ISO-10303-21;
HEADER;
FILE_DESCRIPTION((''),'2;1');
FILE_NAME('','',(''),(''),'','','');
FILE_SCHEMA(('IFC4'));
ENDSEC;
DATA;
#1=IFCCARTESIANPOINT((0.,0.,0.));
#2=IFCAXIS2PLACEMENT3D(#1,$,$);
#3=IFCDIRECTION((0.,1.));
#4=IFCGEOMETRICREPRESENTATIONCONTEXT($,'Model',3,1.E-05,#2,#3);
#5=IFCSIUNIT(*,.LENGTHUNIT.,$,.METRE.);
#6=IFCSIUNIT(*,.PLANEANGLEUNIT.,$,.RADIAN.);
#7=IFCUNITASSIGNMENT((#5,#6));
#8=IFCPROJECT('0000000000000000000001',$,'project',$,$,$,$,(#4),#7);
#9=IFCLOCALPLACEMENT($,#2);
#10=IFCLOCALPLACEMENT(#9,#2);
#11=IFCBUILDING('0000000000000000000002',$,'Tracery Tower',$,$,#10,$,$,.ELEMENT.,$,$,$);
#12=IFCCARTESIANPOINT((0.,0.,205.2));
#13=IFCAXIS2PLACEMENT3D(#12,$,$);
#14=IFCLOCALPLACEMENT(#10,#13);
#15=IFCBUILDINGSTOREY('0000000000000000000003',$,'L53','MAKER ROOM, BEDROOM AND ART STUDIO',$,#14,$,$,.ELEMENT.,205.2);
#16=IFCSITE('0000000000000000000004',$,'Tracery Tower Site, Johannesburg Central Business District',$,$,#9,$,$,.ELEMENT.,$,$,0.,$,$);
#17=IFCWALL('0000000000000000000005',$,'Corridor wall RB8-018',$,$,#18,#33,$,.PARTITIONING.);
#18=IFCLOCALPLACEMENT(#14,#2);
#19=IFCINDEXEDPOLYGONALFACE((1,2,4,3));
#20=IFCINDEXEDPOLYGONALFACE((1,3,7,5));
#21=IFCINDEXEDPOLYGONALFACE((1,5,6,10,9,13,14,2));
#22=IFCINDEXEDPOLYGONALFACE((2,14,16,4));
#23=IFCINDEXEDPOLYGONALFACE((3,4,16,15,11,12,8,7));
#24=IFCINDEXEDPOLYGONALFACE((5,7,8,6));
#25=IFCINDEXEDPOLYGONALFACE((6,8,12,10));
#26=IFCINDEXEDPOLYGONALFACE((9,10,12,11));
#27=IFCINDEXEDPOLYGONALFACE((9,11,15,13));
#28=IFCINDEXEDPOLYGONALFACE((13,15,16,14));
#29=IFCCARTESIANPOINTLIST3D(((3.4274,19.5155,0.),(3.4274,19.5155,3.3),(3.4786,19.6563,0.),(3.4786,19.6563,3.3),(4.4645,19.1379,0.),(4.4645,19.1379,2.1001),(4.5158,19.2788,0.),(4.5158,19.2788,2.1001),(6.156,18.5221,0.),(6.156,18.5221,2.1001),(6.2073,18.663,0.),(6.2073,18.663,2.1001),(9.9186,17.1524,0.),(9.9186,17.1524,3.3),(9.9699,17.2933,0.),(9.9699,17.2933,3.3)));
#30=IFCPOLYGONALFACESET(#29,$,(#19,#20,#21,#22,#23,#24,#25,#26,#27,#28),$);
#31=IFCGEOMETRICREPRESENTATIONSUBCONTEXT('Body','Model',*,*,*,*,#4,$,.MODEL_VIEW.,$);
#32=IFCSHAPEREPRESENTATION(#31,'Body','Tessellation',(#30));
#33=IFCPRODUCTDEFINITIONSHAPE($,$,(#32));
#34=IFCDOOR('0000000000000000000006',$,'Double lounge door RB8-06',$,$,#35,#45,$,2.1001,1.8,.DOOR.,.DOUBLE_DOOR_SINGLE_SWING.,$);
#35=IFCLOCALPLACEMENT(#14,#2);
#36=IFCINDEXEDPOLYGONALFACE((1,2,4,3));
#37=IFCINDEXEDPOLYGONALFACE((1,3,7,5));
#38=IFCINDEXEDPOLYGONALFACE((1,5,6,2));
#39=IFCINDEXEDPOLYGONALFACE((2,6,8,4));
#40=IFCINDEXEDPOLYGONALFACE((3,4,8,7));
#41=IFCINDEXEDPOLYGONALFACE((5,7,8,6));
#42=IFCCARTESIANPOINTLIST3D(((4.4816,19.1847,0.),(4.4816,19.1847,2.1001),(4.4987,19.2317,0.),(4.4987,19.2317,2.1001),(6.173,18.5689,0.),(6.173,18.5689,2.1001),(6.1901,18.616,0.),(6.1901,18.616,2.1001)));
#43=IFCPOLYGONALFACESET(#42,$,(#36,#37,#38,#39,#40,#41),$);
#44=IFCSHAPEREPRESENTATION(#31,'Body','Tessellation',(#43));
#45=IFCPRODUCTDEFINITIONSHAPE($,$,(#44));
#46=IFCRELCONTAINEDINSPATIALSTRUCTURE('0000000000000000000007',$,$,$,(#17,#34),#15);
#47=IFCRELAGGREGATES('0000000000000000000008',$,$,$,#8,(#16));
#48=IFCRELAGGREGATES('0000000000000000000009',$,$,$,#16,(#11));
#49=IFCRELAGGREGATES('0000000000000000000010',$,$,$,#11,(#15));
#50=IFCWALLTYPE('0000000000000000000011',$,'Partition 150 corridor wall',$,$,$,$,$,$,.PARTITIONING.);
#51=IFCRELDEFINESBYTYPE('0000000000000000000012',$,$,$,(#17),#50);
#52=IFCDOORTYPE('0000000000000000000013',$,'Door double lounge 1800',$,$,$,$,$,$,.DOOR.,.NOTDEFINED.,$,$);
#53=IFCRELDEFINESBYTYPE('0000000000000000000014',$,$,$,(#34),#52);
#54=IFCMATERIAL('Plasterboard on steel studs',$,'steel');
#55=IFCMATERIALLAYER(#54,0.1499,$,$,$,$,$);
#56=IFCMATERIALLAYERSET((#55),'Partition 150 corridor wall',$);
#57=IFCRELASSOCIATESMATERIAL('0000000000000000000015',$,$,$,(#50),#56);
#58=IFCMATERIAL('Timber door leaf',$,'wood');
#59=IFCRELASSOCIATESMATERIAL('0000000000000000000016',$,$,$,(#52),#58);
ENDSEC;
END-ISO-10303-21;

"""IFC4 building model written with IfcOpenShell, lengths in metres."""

from ifc_helpers import new_model, si_unit, direction, frame, frame_2d, origin, place, context, subcontext, project, spatial, rectangle, extrude, material, layer, layer_set, type_object, element, fill, save


model = new_model("IFC4")

# Units and contexts
model_context = context("Model", 3, precision=1e-05, world=origin(), true_north=direction((0.0, 1.0)))
body_context = subcontext(model_context, "Body", "Model", "MODEL_VIEW")
ifc_project = project(units=[si_unit("LENGTHUNIT", "METRE"), si_unit("PLANEANGLEUNIT", "RADIAN")], contexts=[model_context])

# Site, building, storey
site_placement = place(None, origin())
site = spatial("IfcSite", under=ifc_project, at=site_placement, Name="Tracery Tower Site, Johannesburg Central Business District", CompositionType="ELEMENT", RefElevation=0.0)
building_placement = place(site_placement, origin())
building = spatial("IfcBuilding", under=site, at=building_placement, Name="Tracery Tower", CompositionType="ELEMENT")
storey_placement = place(building_placement, frame((0.0, 0.0, 205.2)))
storey = spatial("IfcBuildingStorey", under=building, at=storey_placement, Name="L53", Description="MAKER ROOM, BEDROOM AND ART STUDIO", CompositionType="ELEMENT", Elevation=205.2)

# Shared definitions
ifc_material_1 = material(Name="Plasterboard on steel studs", Category="steel")
ifc_layer_1 = layer(ifc_material_1, 0.1499)
ifc_layer_set_1 = layer_set([ifc_layer_1], Name="Partition 150 corridor wall")
wall_type_1 = type_object("IfcWallType", Name="Partition 150 corridor wall", PredefinedType="PARTITIONING", material=ifc_layer_set_1)

# Wall, opening, door
wall_1_placement = place(storey_placement, frame((3.4529, 19.5859, 0.0), z_axis=(0.0, 0.0, 1.0), x_axis=(0.939673, -0.342075, 0.0)))
wall_1 = element("IfcWall", 1, at=wall_1_placement, inside=storey, type_object=wall_type_1, Name="Corridor wall RB8-018", PredefinedType="PARTITIONING", context=body_context, shape_type="SweptSolid", body=[
    extrude(rectangle(XDim=6.908, YDim=0.1499, at=frame_2d((3.4541, 0.0))), origin(), (0.0, 0.0, 1.0), 3.3),
])
opening_1_placement = place(wall_1_placement, frame((1.104, 0.0, 0.0)))
opening_1 = element("IfcOpeningElement", 2, at=opening_1_placement, cuts=wall_1, PredefinedType="OPENING", context=body_context, shape_type="SweptSolid", body=[
    extrude(rectangle(XDim=1.8, YDim=2.1001, at=frame_2d((0.8999, 1.05))), frame((0.0, 0.075, 0.0), z_axis=(0.0, -1.0, 0.0), x_axis=(1.0, 0.0, 0.0)), (0.0, 0.0, 1.0), 0.1499),
])
ifc_material_2 = material(Name="Timber door leaf", Category="wood")
door_type = type_object("IfcDoorType", Name="Door double lounge 1800", OperationType="NOTDEFINED", PredefinedType="DOOR", material=ifc_material_2)
door_placement = place(opening_1_placement, origin())
door = element("IfcDoor", 3, at=door_placement, inside=storey, type_object=door_type, Name="Double lounge door RB8-06", OperationType="DOUBLE_DOOR_SINGLE_SWING", OverallHeight=2.1001, OverallWidth=1.8, PredefinedType="DOOR", context=body_context, shape_type="SweptSolid", body=[
    extrude(rectangle(XDim=1.8, YDim=2.1001, at=frame_2d((0.8999, 1.05))), frame((0.0, 0.0249, 0.0), z_axis=(0.0, -1.0, 0.0), x_axis=(1.0, 0.0, 0.0)), (0.0, 0.0, 1.0), 0.05),
])
fill(opening_1, door)

save(model, "model.ifc")
